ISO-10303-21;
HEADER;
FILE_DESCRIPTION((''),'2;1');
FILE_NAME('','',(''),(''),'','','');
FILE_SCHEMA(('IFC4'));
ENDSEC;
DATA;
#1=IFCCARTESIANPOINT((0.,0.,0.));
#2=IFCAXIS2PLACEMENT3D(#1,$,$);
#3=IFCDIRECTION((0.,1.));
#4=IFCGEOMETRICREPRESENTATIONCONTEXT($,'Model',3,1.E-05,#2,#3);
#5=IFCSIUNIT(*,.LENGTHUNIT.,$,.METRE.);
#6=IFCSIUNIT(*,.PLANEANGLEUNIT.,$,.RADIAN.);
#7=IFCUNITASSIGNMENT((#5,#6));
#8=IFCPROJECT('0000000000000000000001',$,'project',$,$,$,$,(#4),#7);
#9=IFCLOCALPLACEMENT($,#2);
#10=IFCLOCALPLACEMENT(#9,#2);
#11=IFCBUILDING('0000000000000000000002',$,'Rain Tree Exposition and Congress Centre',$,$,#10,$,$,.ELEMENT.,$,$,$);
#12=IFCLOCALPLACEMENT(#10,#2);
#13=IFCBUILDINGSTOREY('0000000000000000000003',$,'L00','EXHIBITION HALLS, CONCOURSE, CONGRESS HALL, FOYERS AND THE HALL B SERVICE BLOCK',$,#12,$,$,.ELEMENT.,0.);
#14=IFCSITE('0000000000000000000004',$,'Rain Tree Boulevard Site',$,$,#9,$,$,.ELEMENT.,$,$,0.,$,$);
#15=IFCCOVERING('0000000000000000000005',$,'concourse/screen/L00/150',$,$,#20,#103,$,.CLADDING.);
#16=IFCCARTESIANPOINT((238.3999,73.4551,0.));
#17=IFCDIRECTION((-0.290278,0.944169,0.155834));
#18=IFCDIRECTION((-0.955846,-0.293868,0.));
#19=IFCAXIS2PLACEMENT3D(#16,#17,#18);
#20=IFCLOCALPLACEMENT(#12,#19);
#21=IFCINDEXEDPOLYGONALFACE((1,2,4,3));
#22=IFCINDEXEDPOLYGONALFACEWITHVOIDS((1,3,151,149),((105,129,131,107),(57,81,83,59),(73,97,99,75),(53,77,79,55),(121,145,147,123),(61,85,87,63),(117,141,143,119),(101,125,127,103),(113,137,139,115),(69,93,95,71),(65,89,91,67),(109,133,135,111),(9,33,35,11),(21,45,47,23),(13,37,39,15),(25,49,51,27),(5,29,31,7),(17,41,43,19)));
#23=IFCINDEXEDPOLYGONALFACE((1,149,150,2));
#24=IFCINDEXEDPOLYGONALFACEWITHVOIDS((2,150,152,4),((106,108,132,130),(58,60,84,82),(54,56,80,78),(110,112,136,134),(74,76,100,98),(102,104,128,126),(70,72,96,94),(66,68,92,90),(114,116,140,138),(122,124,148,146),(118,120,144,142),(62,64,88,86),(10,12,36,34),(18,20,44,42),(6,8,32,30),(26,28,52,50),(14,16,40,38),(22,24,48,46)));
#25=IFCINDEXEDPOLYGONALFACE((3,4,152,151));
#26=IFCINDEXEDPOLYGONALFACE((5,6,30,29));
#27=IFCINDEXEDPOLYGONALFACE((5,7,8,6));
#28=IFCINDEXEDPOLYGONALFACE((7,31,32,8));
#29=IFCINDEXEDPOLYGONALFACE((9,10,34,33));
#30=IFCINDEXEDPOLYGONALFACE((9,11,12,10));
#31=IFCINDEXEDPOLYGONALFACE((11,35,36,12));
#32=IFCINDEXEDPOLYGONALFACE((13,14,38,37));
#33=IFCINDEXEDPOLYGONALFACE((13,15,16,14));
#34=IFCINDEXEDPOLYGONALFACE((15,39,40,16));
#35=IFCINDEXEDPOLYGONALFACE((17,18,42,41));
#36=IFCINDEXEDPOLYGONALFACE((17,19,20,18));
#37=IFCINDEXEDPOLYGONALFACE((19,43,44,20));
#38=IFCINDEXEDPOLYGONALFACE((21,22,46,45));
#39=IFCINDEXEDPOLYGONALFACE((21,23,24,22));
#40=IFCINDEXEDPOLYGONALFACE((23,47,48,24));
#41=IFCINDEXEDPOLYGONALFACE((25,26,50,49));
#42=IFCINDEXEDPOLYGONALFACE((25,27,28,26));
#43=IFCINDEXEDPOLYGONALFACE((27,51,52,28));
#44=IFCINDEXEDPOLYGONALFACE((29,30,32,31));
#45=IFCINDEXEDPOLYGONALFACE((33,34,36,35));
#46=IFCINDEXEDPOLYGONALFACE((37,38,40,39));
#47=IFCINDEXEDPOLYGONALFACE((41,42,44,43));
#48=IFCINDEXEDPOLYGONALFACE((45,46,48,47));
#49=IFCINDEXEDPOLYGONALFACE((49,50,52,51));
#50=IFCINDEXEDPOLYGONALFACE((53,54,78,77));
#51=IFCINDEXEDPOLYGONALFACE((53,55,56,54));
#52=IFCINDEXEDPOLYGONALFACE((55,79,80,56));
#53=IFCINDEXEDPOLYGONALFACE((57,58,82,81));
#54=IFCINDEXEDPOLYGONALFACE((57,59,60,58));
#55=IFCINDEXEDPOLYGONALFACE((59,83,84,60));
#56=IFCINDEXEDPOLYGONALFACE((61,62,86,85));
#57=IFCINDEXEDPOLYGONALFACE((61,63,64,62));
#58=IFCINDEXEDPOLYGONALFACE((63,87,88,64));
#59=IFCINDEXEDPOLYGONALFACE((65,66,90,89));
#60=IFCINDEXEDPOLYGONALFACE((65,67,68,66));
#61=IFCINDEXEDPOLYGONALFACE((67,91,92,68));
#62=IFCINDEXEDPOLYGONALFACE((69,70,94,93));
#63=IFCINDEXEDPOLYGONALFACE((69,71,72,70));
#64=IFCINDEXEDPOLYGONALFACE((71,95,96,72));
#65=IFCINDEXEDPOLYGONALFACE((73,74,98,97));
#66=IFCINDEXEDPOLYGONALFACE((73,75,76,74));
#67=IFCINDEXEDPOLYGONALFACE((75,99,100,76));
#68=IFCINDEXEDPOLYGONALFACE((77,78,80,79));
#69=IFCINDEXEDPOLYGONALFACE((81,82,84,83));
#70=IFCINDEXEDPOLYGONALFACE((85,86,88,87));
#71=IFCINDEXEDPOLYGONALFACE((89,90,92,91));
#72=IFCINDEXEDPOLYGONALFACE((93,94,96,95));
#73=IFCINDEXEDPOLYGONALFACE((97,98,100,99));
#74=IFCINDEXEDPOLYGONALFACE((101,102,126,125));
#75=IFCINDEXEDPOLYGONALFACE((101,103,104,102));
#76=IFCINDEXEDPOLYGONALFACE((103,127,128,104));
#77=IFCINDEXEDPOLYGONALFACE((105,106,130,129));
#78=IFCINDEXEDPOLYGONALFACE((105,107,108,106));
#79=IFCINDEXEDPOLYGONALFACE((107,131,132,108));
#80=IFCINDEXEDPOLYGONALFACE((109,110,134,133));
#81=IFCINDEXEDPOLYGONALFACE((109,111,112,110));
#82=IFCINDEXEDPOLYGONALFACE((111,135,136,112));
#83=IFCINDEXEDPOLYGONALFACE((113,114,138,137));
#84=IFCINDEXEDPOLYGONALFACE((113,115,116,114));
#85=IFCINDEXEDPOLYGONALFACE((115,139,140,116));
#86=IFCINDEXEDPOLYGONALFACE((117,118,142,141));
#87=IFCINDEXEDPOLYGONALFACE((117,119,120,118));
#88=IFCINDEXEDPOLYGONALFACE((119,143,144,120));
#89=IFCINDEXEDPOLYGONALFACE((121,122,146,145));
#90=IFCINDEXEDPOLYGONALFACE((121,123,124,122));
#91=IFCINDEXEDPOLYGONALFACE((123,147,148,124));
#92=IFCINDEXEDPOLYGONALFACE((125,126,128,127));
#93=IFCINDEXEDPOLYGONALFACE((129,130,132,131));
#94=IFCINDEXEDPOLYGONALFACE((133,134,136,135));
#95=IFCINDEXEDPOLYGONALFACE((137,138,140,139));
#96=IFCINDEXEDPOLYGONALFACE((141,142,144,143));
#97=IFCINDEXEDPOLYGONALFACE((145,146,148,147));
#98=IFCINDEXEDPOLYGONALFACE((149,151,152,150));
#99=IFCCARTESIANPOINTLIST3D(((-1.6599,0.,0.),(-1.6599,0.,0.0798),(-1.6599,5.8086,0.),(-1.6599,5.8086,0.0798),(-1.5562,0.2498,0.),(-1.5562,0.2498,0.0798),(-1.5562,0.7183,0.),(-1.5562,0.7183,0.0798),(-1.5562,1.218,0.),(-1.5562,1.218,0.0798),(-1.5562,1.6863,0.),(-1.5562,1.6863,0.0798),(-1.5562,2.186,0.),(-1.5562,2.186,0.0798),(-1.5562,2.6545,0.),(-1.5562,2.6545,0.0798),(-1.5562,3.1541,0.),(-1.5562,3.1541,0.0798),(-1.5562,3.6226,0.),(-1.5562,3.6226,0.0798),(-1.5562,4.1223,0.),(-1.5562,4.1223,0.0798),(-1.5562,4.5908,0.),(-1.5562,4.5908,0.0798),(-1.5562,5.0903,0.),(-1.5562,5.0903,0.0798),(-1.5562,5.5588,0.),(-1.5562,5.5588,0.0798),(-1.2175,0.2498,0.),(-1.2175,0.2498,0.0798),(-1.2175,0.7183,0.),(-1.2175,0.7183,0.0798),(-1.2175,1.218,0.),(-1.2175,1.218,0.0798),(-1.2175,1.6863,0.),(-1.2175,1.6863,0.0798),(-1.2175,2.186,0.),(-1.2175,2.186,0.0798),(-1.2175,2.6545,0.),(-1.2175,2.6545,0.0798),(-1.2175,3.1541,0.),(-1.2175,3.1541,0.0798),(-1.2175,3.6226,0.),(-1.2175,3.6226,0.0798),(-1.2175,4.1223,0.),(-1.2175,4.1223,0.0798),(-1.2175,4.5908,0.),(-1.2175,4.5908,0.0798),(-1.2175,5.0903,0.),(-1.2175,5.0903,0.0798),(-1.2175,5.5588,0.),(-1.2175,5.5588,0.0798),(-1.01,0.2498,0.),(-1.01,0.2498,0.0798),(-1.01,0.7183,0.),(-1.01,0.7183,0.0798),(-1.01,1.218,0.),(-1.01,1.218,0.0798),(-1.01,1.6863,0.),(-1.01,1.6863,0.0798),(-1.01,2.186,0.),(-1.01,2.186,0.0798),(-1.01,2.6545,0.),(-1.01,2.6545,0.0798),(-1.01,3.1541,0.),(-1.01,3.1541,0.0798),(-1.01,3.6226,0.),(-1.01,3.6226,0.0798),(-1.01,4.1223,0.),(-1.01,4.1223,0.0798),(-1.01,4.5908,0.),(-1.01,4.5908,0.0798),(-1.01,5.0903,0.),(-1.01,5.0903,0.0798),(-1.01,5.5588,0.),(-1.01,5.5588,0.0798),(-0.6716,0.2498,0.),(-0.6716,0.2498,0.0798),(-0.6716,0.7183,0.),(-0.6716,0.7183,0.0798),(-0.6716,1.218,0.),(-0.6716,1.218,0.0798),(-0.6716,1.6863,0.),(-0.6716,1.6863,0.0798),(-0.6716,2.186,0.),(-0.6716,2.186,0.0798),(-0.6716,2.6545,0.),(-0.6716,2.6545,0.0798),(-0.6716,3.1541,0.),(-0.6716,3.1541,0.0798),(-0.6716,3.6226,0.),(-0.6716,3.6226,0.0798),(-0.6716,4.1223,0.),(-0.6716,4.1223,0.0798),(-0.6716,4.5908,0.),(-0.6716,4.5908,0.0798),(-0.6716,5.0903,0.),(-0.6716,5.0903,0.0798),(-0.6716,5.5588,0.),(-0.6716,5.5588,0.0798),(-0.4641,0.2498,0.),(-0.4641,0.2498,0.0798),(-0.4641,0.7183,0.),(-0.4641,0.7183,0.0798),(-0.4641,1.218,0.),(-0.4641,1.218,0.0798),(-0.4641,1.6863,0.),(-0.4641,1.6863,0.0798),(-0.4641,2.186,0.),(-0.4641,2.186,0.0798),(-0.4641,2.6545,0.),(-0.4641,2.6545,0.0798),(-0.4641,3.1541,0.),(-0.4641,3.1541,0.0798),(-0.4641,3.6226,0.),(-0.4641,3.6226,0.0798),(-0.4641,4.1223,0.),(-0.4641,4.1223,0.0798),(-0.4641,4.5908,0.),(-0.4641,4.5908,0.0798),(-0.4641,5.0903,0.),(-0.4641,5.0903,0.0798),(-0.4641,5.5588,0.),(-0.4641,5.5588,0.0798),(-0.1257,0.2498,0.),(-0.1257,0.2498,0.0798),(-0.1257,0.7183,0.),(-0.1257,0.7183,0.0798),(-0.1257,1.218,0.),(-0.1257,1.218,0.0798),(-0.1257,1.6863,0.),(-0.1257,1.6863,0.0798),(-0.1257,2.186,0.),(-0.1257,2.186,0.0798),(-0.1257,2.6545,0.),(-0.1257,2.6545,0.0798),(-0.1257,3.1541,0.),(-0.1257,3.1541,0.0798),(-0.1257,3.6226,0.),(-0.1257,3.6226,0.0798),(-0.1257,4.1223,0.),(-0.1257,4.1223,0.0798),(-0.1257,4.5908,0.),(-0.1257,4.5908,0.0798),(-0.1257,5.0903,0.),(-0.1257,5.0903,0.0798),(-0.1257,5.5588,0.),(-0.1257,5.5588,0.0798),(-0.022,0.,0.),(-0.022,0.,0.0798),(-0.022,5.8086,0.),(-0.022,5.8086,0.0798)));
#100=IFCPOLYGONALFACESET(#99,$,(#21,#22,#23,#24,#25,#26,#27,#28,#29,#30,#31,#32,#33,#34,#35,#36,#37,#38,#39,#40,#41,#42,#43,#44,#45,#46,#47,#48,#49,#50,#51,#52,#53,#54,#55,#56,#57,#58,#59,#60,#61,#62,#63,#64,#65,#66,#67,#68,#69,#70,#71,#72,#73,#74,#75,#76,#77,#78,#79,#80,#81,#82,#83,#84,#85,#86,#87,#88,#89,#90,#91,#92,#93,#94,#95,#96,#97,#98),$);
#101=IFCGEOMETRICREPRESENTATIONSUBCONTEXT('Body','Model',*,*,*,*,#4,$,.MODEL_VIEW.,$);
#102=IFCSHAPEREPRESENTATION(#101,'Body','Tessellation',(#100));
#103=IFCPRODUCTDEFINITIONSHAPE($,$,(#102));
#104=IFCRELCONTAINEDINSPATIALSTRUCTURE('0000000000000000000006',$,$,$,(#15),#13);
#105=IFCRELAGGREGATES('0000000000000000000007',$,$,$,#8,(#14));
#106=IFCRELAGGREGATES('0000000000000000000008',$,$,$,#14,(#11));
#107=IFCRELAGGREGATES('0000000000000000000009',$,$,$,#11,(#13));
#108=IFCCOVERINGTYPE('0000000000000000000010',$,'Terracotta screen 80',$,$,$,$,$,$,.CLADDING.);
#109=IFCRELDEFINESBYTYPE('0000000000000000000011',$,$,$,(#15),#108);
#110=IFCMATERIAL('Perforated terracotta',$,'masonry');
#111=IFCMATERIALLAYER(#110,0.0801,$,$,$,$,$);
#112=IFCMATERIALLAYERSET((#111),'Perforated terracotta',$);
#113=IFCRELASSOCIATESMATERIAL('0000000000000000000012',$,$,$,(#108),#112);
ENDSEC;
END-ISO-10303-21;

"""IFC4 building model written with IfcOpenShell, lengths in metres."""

from ifc_helpers import new_model, si_unit, direction, frame, origin, place, context, subcontext, project, spatial, polyline, outline, extrude, material, layer, layer_set, type_object, element, save


model = new_model("IFC4")

# Units and contexts
model_context = context("Model", 3, precision=1e-05, world=origin(), true_north=direction((0.0, 1.0)))
body_context = subcontext(model_context, "Body", "Model", "MODEL_VIEW")
ifc_project = project(units=[si_unit("LENGTHUNIT", "METRE"), si_unit("PLANEANGLEUNIT", "RADIAN")], contexts=[model_context])

# Site, building, storey
site_placement = place(None, origin())
site = spatial("IfcSite", under=ifc_project, at=site_placement, Name="Rain Tree Boulevard Site", CompositionType="ELEMENT", RefElevation=0.0)
building_placement = place(site_placement, origin())
building = spatial("IfcBuilding", under=site, at=building_placement, Name="Rain Tree Exposition and Congress Centre", CompositionType="ELEMENT")
storey_placement = place(building_placement, origin())
storey = spatial("IfcBuildingStorey", under=building, at=storey_placement, Name="L00", Description="EXHIBITION HALLS, CONCOURSE, CONGRESS HALL, FOYERS AND THE HALL B SERVICE BLOCK", CompositionType="ELEMENT", Elevation=0.0)

# Covering
ifc_material_1 = material(Name="Perforated terracotta", Category="masonry")
ifc_layer_1 = layer(ifc_material_1, 0.0801)
ifc_layer_set_1 = layer_set([ifc_layer_1], Name="Perforated terracotta")
covering_type = type_object("IfcCoveringType", Name="Terracotta screen 80", PredefinedType="CLADDING", material=ifc_layer_set_1)
covering_1_placement = place(storey_placement, frame((238.3999, 73.4551, 0.0), z_axis=(-0.290278, 0.944169, 0.155834), x_axis=(-0.955846, -0.293868, 0.0)))
element("IfcCovering", 1, at=covering_1_placement, inside=storey, type_object=covering_type, Name="concourse/screen/L00/150", PredefinedType="CLADDING", context=body_context, shape_type="SweptSolid", body=[
    extrude(outline(polyline([(-0.022, 0.0), (-1.6599, 0.0), (-1.6599, 5.8086), (-0.022, 5.8086), (-0.022, 0.0)]), holes=[polyline([(-0.1257, 0.2498), (-0.1257, 0.7183), (-0.4641, 0.7183), (-0.4641, 0.2498), (-0.1257, 0.2498)]), polyline([(-0.1257, 1.218), (-0.1257, 1.6863), (-0.4641, 1.6863), (-0.4641, 1.218), (-0.1257, 1.218)]), polyline([(-0.1257, 2.186), (-0.1257, 2.6545), (-0.4641, 2.6545), (-0.4641, 2.186), (-0.1257, 2.186)]), polyline([(-0.1257, 3.1541), (-0.1257, 3.6226), (-0.4641, 3.6226), (-0.4641, 3.1541), (-0.1257, 3.1541)]), polyline([(-0.1257, 4.1223), (-0.1257, 4.5908), (-0.4641, 4.5908), (-0.4641, 4.1223), (-0.1257, 4.1223)]), polyline([(-0.1257, 5.0903), (-0.1257, 5.5588), (-0.4641, 5.5588), (-0.4641, 5.0903), (-0.1257, 5.0903)]), polyline([(-0.6716, 0.2498), (-0.6716, 0.7183), (-1.01, 0.7183), (-1.01, 0.2498), (-0.6716, 0.2498)]), polyline([(-0.6716, 1.218), (-0.6716, 1.6863), (-1.01, 1.6863), (-1.01, 1.218), (-0.6716, 1.218)]), polyline([(-0.6716, 2.186), (-0.6716, 2.6545), (-1.01, 2.6545), (-1.01, 2.186), (-0.6716, 2.186)]), polyline([(-0.6716, 3.1541), (-0.6716, 3.6226), (-1.01, 3.6226), (-1.01, 3.1541), (-0.6716, 3.1541)]), polyline([(-0.6716, 4.1223), (-0.6716, 4.5908), (-1.01, 4.5908), (-1.01, 4.1223), (-0.6716, 4.1223)]), polyline([(-0.6716, 5.0903), (-0.6716, 5.5588), (-1.01, 5.5588), (-1.01, 5.0903), (-0.6716, 5.0903)]), polyline([(-1.2175, 0.2498), (-1.2175, 0.7183), (-1.5562, 0.7183), (-1.5562, 0.2498), (-1.2175, 0.2498)]), polyline([(-1.2175, 1.218), (-1.2175, 1.6863), (-1.5562, 1.6863), (-1.5562, 1.218), (-1.2175, 1.218)]), polyline([(-1.2175, 2.186), (-1.2175, 2.6545), (-1.5562, 2.6545), (-1.5562, 2.186), (-1.2175, 2.186)]), polyline([(-1.2175, 3.1541), (-1.2175, 3.6226), (-1.5562, 3.6226), (-1.5562, 3.1541), (-1.2175, 3.1541)]), polyline([(-1.2175, 4.1223), (-1.2175, 4.5908), (-1.5562, 4.5908), (-1.5562, 4.1223), (-1.2175, 4.1223)]), polyline([(-1.2175, 5.0903), (-1.2175, 5.5588), (-1.5562, 5.5588), (-1.5562, 5.0903), (-1.2175, 5.0903)])]), origin(), (0.0, 0.0, 1.0), 0.0798),
])

save(model, "model.ifc")
